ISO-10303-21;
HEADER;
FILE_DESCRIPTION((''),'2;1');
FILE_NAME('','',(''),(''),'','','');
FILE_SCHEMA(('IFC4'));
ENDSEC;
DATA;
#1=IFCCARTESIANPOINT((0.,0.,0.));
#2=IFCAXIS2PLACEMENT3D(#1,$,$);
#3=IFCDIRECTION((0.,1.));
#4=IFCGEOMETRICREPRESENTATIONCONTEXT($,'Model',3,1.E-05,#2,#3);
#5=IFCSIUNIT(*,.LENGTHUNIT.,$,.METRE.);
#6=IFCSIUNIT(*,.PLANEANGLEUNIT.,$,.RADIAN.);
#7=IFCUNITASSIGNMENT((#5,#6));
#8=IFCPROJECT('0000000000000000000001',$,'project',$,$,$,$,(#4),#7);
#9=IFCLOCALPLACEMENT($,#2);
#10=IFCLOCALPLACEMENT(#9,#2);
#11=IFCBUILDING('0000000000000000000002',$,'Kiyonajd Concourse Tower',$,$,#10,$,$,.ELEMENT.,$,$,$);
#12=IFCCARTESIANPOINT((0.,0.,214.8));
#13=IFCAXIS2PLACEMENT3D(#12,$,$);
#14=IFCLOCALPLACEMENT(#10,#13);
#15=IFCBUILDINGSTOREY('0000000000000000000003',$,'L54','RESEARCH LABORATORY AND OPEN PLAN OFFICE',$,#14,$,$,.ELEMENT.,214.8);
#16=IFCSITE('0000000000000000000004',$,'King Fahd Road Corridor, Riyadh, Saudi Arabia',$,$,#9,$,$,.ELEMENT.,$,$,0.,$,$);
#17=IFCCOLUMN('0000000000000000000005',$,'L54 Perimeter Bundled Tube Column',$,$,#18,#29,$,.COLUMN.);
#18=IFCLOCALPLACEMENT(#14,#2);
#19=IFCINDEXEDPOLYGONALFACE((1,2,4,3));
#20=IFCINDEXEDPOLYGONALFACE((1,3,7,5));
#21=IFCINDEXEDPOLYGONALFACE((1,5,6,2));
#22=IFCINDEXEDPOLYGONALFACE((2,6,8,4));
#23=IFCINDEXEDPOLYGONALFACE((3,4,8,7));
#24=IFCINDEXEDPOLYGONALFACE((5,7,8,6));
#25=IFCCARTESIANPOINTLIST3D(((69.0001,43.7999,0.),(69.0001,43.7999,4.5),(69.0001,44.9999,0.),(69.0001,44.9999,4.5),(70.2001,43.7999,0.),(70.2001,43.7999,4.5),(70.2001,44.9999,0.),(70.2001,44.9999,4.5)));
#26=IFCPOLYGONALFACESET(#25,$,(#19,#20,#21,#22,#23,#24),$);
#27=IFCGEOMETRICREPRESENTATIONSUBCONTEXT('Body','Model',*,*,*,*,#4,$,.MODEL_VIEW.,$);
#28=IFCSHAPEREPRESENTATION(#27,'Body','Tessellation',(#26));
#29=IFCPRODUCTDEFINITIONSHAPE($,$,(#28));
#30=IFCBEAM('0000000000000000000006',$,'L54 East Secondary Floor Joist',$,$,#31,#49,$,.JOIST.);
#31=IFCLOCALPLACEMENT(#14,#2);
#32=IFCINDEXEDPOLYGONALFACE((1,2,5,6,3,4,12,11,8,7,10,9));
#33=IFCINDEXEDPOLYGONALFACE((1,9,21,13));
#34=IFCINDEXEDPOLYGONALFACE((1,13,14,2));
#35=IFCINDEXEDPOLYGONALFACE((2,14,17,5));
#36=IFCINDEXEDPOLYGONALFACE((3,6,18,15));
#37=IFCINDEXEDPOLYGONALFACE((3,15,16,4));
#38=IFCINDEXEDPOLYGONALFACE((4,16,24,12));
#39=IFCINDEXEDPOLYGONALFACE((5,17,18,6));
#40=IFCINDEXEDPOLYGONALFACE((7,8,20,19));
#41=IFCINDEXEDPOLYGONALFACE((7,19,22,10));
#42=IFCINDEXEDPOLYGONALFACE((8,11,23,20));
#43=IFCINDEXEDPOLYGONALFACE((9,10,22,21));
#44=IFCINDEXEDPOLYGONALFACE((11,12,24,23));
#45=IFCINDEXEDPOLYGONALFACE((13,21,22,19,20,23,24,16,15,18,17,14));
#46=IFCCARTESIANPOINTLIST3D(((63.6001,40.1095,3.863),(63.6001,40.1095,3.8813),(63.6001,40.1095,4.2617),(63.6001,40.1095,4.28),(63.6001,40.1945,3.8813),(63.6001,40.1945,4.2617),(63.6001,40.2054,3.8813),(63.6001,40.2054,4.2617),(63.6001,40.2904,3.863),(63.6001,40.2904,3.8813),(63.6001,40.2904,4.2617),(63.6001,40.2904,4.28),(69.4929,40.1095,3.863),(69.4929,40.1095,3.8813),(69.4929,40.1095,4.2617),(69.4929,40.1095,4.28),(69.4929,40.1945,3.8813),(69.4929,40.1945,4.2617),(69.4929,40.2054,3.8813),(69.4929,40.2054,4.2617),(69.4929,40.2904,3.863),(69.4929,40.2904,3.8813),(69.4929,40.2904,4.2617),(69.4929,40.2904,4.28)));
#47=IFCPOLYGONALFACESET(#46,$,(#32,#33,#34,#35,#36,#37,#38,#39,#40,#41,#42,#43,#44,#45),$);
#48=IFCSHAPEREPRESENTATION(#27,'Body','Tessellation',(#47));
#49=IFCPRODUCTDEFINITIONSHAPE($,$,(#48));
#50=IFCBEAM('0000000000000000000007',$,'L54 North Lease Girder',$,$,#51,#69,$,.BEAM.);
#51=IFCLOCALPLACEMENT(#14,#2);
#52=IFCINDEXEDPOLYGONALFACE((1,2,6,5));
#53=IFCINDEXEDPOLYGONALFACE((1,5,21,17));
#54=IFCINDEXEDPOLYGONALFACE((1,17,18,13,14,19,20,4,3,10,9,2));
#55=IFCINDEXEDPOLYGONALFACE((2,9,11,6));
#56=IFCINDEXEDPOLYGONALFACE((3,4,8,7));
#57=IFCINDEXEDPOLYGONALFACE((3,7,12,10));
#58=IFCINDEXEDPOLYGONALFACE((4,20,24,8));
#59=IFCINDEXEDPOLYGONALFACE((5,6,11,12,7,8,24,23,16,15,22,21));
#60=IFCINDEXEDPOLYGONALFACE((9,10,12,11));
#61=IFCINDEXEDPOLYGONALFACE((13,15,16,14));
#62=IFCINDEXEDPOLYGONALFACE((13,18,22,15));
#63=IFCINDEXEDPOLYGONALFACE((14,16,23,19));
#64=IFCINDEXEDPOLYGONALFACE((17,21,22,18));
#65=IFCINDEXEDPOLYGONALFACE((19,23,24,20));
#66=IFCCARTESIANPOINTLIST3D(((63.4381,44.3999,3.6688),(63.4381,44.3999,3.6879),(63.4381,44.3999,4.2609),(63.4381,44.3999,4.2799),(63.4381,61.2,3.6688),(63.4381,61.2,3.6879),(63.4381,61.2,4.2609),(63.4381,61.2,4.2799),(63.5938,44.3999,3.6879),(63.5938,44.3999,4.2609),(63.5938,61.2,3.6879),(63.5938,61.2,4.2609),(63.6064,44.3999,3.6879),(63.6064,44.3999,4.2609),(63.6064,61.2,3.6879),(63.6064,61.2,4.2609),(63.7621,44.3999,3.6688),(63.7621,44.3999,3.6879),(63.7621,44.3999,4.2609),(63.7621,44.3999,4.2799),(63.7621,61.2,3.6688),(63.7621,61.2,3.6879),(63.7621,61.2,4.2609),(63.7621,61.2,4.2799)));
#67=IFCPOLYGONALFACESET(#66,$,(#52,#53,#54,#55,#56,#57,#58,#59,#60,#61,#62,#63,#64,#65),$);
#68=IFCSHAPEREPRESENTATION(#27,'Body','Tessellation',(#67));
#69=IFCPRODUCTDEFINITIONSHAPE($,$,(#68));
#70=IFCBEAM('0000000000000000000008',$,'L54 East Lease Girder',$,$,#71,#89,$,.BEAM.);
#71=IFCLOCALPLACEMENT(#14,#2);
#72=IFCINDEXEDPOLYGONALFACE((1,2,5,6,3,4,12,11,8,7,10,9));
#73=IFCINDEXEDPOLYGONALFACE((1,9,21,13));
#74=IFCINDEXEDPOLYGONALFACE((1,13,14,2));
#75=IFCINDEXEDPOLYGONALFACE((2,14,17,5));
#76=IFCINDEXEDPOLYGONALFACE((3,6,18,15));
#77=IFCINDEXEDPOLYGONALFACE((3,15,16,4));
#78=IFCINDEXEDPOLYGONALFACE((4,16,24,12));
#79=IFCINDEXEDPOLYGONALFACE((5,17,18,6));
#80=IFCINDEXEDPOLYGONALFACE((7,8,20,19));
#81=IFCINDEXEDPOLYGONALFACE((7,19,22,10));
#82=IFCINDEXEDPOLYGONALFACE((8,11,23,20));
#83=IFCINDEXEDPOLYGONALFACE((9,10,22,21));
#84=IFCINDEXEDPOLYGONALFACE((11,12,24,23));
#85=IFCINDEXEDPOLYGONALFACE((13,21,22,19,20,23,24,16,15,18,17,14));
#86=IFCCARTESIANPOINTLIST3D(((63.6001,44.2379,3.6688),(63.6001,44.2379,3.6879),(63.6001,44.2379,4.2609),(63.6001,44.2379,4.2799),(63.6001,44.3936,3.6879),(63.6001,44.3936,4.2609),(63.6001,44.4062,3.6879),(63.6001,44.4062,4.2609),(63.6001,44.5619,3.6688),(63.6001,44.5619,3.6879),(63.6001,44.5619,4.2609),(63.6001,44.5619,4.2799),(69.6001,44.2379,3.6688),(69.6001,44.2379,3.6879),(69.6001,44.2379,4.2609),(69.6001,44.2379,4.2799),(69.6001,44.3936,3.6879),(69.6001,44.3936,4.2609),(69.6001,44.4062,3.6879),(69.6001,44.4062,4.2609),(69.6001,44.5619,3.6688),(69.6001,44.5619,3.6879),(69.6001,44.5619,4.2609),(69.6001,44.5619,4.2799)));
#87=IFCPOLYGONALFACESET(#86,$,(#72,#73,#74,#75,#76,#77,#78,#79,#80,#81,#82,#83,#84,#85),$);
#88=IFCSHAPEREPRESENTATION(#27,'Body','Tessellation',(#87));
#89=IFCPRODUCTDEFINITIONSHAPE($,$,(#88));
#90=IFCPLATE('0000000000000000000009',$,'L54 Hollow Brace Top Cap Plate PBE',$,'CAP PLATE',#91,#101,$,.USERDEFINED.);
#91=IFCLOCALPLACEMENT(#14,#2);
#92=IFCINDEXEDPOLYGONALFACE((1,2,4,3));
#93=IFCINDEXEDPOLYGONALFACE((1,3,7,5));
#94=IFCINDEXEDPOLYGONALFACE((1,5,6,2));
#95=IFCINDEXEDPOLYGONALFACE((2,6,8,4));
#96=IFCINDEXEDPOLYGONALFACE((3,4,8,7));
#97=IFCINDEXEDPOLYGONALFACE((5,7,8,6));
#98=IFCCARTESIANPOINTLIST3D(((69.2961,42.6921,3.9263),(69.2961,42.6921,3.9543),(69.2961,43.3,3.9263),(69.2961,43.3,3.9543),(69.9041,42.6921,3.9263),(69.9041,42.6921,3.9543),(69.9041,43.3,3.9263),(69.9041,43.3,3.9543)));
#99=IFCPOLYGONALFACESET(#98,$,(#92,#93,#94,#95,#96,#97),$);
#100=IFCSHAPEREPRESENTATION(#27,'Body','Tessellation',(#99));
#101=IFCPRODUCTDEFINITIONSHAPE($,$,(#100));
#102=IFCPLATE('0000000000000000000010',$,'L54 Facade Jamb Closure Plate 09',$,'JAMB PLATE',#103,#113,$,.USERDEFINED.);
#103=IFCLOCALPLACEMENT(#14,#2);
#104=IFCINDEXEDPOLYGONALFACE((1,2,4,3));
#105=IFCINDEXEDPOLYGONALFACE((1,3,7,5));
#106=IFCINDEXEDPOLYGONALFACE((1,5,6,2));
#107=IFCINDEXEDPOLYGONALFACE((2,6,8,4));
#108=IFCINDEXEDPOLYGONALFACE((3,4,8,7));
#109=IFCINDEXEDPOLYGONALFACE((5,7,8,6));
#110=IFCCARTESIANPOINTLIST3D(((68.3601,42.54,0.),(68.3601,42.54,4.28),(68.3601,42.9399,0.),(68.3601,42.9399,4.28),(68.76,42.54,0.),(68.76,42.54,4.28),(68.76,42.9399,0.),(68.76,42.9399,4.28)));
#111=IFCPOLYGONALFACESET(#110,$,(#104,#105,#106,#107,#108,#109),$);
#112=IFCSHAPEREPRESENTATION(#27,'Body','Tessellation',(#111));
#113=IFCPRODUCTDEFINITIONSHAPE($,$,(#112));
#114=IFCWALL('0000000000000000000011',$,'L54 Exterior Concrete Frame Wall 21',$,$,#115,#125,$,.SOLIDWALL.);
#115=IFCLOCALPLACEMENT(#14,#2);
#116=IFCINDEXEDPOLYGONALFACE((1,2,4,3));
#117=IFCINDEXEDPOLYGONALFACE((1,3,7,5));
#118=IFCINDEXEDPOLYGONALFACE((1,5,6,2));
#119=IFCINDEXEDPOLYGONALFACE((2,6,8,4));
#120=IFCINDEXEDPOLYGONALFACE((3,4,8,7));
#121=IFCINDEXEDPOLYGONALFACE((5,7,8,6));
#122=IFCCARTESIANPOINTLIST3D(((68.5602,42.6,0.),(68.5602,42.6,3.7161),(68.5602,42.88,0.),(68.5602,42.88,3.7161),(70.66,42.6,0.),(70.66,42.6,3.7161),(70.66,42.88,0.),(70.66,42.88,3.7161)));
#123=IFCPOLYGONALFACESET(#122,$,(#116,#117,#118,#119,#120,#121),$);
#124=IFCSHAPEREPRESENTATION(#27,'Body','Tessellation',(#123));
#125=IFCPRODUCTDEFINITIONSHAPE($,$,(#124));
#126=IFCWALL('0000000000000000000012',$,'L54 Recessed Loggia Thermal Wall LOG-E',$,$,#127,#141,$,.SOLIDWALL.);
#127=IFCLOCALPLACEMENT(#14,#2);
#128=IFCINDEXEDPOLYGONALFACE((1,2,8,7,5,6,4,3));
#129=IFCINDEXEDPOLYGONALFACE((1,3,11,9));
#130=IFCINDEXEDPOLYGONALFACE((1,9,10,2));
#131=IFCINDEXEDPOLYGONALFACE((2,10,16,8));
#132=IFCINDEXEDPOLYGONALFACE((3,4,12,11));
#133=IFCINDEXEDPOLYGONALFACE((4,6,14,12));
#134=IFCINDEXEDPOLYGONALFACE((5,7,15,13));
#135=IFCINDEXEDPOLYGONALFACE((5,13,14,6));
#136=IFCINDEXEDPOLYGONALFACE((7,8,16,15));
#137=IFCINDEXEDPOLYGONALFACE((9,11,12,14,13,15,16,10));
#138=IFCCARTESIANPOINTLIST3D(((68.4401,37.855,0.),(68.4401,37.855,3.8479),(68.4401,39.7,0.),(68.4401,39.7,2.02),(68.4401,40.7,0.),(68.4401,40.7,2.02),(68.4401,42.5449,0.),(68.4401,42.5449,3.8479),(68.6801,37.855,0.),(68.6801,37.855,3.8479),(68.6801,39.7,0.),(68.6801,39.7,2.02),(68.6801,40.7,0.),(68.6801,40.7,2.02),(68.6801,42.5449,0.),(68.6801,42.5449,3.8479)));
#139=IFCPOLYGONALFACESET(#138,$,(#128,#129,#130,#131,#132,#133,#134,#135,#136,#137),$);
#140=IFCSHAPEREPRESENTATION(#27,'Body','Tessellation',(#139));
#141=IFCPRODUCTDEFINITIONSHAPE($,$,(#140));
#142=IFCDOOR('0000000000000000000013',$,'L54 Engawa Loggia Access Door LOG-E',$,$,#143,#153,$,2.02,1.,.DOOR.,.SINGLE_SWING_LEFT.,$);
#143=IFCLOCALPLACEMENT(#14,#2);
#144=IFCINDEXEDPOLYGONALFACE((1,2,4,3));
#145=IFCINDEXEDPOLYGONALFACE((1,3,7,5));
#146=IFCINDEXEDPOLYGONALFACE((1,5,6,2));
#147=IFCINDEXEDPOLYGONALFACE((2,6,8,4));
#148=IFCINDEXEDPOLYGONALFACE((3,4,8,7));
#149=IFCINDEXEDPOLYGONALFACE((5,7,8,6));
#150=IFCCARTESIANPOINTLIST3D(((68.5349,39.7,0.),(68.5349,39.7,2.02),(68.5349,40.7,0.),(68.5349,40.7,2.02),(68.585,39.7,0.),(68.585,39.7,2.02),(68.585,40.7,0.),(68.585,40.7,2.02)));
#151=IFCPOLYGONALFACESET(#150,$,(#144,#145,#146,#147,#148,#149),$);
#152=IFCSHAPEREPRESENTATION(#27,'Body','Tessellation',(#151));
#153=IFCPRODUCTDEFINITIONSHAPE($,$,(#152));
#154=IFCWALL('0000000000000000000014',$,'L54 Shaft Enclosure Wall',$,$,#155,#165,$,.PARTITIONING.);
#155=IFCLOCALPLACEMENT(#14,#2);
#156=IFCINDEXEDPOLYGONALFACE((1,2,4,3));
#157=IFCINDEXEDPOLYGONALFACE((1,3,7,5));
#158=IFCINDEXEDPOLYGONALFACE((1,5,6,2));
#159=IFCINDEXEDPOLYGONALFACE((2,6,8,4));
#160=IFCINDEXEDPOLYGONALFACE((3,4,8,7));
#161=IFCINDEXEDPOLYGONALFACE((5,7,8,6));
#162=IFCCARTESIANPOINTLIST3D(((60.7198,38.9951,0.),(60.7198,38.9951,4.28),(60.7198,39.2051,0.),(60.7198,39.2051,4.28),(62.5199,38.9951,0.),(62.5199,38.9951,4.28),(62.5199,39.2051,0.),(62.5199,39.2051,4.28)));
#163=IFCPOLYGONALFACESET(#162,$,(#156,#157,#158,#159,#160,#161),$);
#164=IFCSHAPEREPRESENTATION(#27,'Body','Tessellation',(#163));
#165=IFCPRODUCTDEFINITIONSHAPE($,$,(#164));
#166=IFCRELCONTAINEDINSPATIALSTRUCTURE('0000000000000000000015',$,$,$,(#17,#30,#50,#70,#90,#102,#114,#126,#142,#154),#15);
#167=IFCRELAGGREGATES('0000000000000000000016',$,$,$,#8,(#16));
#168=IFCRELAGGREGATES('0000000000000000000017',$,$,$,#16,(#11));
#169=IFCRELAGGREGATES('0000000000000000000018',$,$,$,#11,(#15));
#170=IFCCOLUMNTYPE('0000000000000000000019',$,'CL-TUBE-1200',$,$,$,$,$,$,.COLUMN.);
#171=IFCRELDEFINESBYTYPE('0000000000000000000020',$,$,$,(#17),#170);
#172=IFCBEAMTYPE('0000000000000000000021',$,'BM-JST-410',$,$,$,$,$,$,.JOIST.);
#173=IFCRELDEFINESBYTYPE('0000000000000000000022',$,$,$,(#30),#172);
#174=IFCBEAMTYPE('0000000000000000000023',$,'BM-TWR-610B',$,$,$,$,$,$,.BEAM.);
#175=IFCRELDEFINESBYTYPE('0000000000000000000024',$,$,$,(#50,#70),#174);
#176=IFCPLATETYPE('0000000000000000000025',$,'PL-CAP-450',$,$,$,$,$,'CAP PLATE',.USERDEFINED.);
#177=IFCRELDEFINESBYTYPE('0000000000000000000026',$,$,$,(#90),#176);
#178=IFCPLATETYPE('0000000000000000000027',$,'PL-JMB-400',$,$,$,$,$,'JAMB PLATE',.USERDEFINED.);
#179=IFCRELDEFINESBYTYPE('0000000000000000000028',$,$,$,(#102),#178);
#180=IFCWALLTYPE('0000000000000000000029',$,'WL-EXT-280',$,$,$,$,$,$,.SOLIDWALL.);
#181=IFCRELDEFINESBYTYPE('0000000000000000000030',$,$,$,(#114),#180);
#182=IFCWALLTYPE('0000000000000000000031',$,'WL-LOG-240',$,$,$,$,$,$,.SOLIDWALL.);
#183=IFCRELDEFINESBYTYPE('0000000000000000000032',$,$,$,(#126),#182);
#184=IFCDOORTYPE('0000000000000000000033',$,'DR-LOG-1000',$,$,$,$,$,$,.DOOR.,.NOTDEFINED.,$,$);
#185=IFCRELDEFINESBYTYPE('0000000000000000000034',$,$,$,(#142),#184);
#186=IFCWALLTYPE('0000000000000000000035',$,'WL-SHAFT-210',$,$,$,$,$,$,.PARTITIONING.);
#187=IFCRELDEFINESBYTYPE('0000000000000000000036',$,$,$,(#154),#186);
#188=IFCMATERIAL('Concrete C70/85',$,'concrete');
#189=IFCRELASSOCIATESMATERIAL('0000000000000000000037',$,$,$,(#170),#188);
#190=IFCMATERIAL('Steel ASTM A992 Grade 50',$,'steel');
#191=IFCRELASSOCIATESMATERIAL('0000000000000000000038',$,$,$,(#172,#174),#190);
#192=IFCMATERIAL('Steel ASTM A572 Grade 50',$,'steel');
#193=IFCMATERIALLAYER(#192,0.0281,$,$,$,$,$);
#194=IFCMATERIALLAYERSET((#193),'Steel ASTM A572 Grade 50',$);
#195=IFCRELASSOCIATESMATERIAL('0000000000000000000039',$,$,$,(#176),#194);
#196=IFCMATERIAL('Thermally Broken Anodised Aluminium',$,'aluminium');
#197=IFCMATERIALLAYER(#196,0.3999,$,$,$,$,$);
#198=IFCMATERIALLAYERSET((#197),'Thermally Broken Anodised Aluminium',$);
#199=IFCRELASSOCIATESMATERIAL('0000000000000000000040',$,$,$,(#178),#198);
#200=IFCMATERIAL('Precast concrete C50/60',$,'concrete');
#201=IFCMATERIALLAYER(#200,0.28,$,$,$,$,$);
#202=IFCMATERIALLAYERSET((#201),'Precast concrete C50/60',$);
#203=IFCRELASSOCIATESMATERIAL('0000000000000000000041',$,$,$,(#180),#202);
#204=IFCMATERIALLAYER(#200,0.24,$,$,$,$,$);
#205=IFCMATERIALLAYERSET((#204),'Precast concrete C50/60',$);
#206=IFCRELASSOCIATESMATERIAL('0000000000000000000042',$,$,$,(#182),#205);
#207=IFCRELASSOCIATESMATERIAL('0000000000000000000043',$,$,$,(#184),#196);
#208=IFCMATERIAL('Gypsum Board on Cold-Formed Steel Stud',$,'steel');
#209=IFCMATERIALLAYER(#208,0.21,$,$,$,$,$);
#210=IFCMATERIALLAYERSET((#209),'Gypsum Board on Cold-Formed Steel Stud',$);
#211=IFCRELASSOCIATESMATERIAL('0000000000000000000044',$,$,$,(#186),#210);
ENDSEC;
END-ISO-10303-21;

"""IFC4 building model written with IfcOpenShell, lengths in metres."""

from ifc_helpers import new_model, si_unit, direction, frame, frame_2d, origin, origin_2d, place, context, subcontext, project, spatial, rectangle, i_section, extrude, material, layer, layer_set, material_profile, profile_set, type_object, element, fill, save


model = new_model("IFC4")

# Units and contexts
model_context = context("Model", 3, precision=1e-05, world=origin(), true_north=direction((0.0, 1.0)))
body_context = subcontext(model_context, "Body", "Model", "MODEL_VIEW")
ifc_project = project(units=[si_unit("LENGTHUNIT", "METRE"), si_unit("PLANEANGLEUNIT", "RADIAN")], contexts=[model_context])

# Site, building, storey
site_placement = place(None, origin())
site = spatial("IfcSite", under=ifc_project, at=site_placement, Name="King Fahd Road Corridor, Riyadh, Saudi Arabia", CompositionType="ELEMENT", RefElevation=0.0)
building_placement = place(site_placement, origin())
building = spatial("IfcBuilding", under=site, at=building_placement, Name="Kiyonajd Concourse Tower", CompositionType="ELEMENT")
storey_placement = place(building_placement, frame((0.0, 0.0, 214.8)))
storey = spatial("IfcBuildingStorey", under=building, at=storey_placement, Name="L54", Description="RESEARCH LABORATORY AND OPEN PLAN OFFICE", CompositionType="ELEMENT", Elevation=214.8)

# Column
ifc_material_1 = material(Name="Concrete C70/85", Category="concrete")
ifc_material_profile_1 = material_profile(ifc_material_1, rectangle(XDim=1.2, YDim=1.2, at=origin_2d()), Name="RC-1200x1200")
ifc_profile_set_1 = profile_set([ifc_material_profile_1], Name="Concrete C70/85")
column_type = type_object("IfcColumnType", Name="CL-TUBE-1200", PredefinedType="COLUMN", material=ifc_profile_set_1)
column_placement = place(storey_placement, frame((69.6001, 44.3999, 0.0), z_axis=(0.0, 0.0, 1.0), x_axis=(1.0, 0.0, 0.0)))
element("IfcColumn", 1, at=column_placement, inside=storey, type_object=column_type, Name="L54 Perimeter Bundled Tube Column", PredefinedType="COLUMN", context=body_context, shape_type="SweptSolid", body=[
    extrude(rectangle(XDim=1.2, YDim=1.2, at=origin_2d()), origin(), (0.0, 0.0, 1.0), 4.5),
])

# Beams
ifc_material_2 = material(Name="Steel ASTM A992 Grade 50", Category="steel")
ifc_material_profile_2 = material_profile(ifc_material_2, i_section(OverallWidth=0.1809, OverallDepth=0.417, WebThickness=0.011, FlangeThickness=0.0183, at=origin_2d()), Name="W410X85")
ifc_profile_set_2 = profile_set([ifc_material_profile_2], Name="Steel ASTM A992 Grade 50")
beam_type_1 = type_object("IfcBeamType", Name="BM-JST-410", PredefinedType="JOIST", material=ifc_profile_set_2)
beam_1_placement = place(storey_placement, frame((63.6001, 40.2, 4.0715), z_axis=(1.0, 0.0, 0.0), x_axis=(0.0, 1.0, 0.0)))
element("IfcBeam", 2, at=beam_1_placement, inside=storey, type_object=beam_type_1, Name="L54 East Secondary Floor Joist", PredefinedType="JOIST", context=body_context, shape_type="SweptSolid", body=[
    extrude(i_section(OverallWidth=0.1809, OverallDepth=0.417, WebThickness=0.011, FlangeThickness=0.0183, at=origin_2d()), origin(), (0.0, 0.0, 1.0), 5.8928),
])
ifc_material_profile_3 = material_profile(ifc_material_2, i_section(OverallWidth=0.324, OverallDepth=0.6111, WebThickness=0.0127, FlangeThickness=0.019, at=origin_2d()), Name="W610X155")
ifc_profile_set_3 = profile_set([ifc_material_profile_3], Name="Steel ASTM A992 Grade 50")
beam_type_2 = type_object("IfcBeamType", Name="BM-TWR-610B", PredefinedType="BEAM", material=ifc_profile_set_3)
beam_2_placement = place(storey_placement, frame((63.6001, 44.3999, 3.9744), z_axis=(0.0, 1.0, 0.0), x_axis=(-1.0, 0.0, 0.0)))
element("IfcBeam", 3, at=beam_2_placement, inside=storey, type_object=beam_type_2, Name="L54 North Lease Girder", PredefinedType="BEAM", context=body_context, shape_type="SweptSolid", body=[
    extrude(i_section(OverallWidth=0.324, OverallDepth=0.6111, WebThickness=0.0127, FlangeThickness=0.019, at=origin_2d()), origin(), (0.0, 0.0, 1.0), 16.8),
])
beam_3_placement = place(storey_placement, frame((63.6001, 44.3999, 3.9744), z_axis=(1.0, 0.0, 0.0), x_axis=(0.0, 1.0, 0.0)))
element("IfcBeam", 4, at=beam_3_placement, inside=storey, type_object=beam_type_2, Name="L54 East Lease Girder", PredefinedType="BEAM", context=body_context, shape_type="SweptSolid", body=[
    extrude(i_section(OverallWidth=0.324, OverallDepth=0.6111, WebThickness=0.0127, FlangeThickness=0.019, at=origin_2d()), origin(), (0.0, 0.0, 1.0), 6.0),
])

# Plates
ifc_material_3 = material(Name="Steel ASTM A572 Grade 50", Category="steel")
ifc_layer_1 = layer(ifc_material_3, 0.0281)
ifc_layer_set_1 = layer_set([ifc_layer_1], Name="Steel ASTM A572 Grade 50")
plate_type_1 = type_object("IfcPlateType", Name="PL-CAP-450", ElementType="CAP PLATE", PredefinedType="USERDEFINED", material=ifc_layer_set_1)
plate_1_placement = place(storey_placement, frame((69.6001, 42.9961, 3.9263), z_axis=(0.0, 0.0, 1.0), x_axis=(1.0, 0.0, 0.0)))
element("IfcPlate", 5, at=plate_1_placement, inside=storey, type_object=plate_type_1, Name="L54 Hollow Brace Top Cap Plate PBE", ObjectType="CAP PLATE", PredefinedType="USERDEFINED", context=body_context, shape_type="SweptSolid", body=[
    extrude(rectangle(XDim=0.6079, YDim=0.6079, at=origin_2d()), origin(), (0.0, 0.0, 1.0), 0.0281),
])
ifc_material_4 = material(Name="Thermally Broken Anodised Aluminium", Category="aluminium")
ifc_layer_2 = layer(ifc_material_4, 0.3999)
ifc_layer_set_2 = layer_set([ifc_layer_2], Name="Thermally Broken Anodised Aluminium")
plate_type_2 = type_object("IfcPlateType", Name="PL-JMB-400", ElementType="JAMB PLATE", PredefinedType="USERDEFINED", material=ifc_layer_set_2)
plate_2_placement = place(storey_placement, frame((68.5601, 42.74, 0.0), z_axis=(0.0, 0.0, 1.0), x_axis=(1.0, 0.0, 0.0)))
element("IfcPlate", 6, at=plate_2_placement, inside=storey, type_object=plate_type_2, Name="L54 Facade Jamb Closure Plate 09", ObjectType="JAMB PLATE", PredefinedType="USERDEFINED", context=body_context, shape_type="SweptSolid", body=[
    extrude(rectangle(XDim=0.3999, YDim=0.3999, at=origin_2d()), origin(), (0.0, 0.0, 1.0), 4.28),
])

# Wall
ifc_material_5 = material(Name="Precast concrete C50/60", Category="concrete")
ifc_layer_3 = layer(ifc_material_5, 0.28)
ifc_layer_set_3 = layer_set([ifc_layer_3], Name="Precast concrete C50/60")
wall_type_1 = type_object("IfcWallType", Name="WL-EXT-280", PredefinedType="SOLIDWALL", material=ifc_layer_set_3)
wall_1_placement = place(storey_placement, frame((70.6599, 42.74, 0.0), z_axis=(0.0, 0.0, 1.0), x_axis=(-1.0, 0.0, 0.0)))
element("IfcWall", 7, at=wall_1_placement, inside=storey, type_object=wall_type_1, Name="L54 Exterior Concrete Frame Wall 21", PredefinedType="SOLIDWALL", context=body_context, shape_type="SweptSolid", body=[
    extrude(rectangle(XDim=2.0999, YDim=0.28, at=frame_2d((1.0498, 0.0))), origin(), (0.0, 0.0, 1.0), 3.7161),
])

# Wall, opening, door
ifc_layer_4 = layer(ifc_material_5, 0.24)
ifc_layer_set_4 = layer_set([ifc_layer_4], Name="Precast concrete C50/60")
wall_type_2 = type_object("IfcWallType", Name="WL-LOG-240", PredefinedType="SOLIDWALL", material=ifc_layer_set_4)
wall_2_placement = place(storey_placement, frame((68.5601, 42.5449, 0.0), z_axis=(0.0, 0.0, 1.0), x_axis=(0.0, -1.0, 0.0)))
wall_2 = element("IfcWall", 8, at=wall_2_placement, inside=storey, type_object=wall_type_2, Name="L54 Recessed Loggia Thermal Wall LOG-E", PredefinedType="SOLIDWALL", context=body_context, shape_type="SweptSolid", body=[
    extrude(rectangle(XDim=4.6899, YDim=0.24, at=frame_2d((2.345, 0.0))), origin(), (0.0, 0.0, 1.0), 3.8479),
])
opening_1_placement = place(wall_2_placement, frame((1.845, 0.0, 0.0)))
opening_1 = element("IfcOpeningElement", 9, at=opening_1_placement, cuts=wall_2, PredefinedType="OPENING", context=body_context, shape_type="SweptSolid", body=[
    extrude(rectangle(XDim=1.0, YDim=2.02, at=frame_2d((0.5, 1.01))), frame((0.0, 0.1299, 0.0), z_axis=(0.0, -1.0, 0.0), x_axis=(1.0, 0.0, 0.0)), (0.0, 0.0, 1.0), 0.26),
])
door_type_1 = type_object("IfcDoorType", Name="DR-LOG-1000", OperationType="NOTDEFINED", PredefinedType="DOOR", material=ifc_material_4)
door_1_placement = place(opening_1_placement, origin())
door_1 = element("IfcDoor", 10, at=door_1_placement, inside=storey, type_object=door_type_1, Name="L54 Engawa Loggia Access Door LOG-E", OperationType="SINGLE_SWING_LEFT", OverallHeight=2.02, OverallWidth=1.0, PredefinedType="DOOR", context=body_context, shape_type="SweptSolid", body=[
    extrude(rectangle(XDim=1.0, YDim=2.02, at=frame_2d((0.5, 1.01))), frame((0.0, 0.0249, 0.0), z_axis=(0.0, -1.0, 0.0), x_axis=(1.0, 0.0, 0.0)), (0.0, 0.0, 1.0), 0.05),
])
fill(opening_1, door_1)

# Wall
ifc_material_6 = material(Name="Gypsum Board on Cold-Formed Steel Stud", Category="steel")
ifc_layer_5 = layer(ifc_material_6, 0.21)
ifc_layer_set_5 = layer_set([ifc_layer_5], Name="Gypsum Board on Cold-Formed Steel Stud")
wall_type_3 = type_object("IfcWallType", Name="WL-SHAFT-210", PredefinedType="PARTITIONING", material=ifc_layer_set_5)
wall_3_placement = place(storey_placement, frame((60.72, 39.1001, 0.0), z_axis=(0.0, 0.0, 1.0), x_axis=(1.0, 0.0, 0.0)))
element("IfcWall", 11, at=wall_3_placement, inside=storey, type_object=wall_type_3, Name="L54 Shaft Enclosure Wall", PredefinedType="PARTITIONING", context=body_context, shape_type="SweptSolid", body=[
    extrude(rectangle(XDim=1.8, YDim=0.21, at=frame_2d((0.8999, 0.0))), origin(), (0.0, 0.0, 1.0), 4.28),
])

save(model, "model.ifc")
